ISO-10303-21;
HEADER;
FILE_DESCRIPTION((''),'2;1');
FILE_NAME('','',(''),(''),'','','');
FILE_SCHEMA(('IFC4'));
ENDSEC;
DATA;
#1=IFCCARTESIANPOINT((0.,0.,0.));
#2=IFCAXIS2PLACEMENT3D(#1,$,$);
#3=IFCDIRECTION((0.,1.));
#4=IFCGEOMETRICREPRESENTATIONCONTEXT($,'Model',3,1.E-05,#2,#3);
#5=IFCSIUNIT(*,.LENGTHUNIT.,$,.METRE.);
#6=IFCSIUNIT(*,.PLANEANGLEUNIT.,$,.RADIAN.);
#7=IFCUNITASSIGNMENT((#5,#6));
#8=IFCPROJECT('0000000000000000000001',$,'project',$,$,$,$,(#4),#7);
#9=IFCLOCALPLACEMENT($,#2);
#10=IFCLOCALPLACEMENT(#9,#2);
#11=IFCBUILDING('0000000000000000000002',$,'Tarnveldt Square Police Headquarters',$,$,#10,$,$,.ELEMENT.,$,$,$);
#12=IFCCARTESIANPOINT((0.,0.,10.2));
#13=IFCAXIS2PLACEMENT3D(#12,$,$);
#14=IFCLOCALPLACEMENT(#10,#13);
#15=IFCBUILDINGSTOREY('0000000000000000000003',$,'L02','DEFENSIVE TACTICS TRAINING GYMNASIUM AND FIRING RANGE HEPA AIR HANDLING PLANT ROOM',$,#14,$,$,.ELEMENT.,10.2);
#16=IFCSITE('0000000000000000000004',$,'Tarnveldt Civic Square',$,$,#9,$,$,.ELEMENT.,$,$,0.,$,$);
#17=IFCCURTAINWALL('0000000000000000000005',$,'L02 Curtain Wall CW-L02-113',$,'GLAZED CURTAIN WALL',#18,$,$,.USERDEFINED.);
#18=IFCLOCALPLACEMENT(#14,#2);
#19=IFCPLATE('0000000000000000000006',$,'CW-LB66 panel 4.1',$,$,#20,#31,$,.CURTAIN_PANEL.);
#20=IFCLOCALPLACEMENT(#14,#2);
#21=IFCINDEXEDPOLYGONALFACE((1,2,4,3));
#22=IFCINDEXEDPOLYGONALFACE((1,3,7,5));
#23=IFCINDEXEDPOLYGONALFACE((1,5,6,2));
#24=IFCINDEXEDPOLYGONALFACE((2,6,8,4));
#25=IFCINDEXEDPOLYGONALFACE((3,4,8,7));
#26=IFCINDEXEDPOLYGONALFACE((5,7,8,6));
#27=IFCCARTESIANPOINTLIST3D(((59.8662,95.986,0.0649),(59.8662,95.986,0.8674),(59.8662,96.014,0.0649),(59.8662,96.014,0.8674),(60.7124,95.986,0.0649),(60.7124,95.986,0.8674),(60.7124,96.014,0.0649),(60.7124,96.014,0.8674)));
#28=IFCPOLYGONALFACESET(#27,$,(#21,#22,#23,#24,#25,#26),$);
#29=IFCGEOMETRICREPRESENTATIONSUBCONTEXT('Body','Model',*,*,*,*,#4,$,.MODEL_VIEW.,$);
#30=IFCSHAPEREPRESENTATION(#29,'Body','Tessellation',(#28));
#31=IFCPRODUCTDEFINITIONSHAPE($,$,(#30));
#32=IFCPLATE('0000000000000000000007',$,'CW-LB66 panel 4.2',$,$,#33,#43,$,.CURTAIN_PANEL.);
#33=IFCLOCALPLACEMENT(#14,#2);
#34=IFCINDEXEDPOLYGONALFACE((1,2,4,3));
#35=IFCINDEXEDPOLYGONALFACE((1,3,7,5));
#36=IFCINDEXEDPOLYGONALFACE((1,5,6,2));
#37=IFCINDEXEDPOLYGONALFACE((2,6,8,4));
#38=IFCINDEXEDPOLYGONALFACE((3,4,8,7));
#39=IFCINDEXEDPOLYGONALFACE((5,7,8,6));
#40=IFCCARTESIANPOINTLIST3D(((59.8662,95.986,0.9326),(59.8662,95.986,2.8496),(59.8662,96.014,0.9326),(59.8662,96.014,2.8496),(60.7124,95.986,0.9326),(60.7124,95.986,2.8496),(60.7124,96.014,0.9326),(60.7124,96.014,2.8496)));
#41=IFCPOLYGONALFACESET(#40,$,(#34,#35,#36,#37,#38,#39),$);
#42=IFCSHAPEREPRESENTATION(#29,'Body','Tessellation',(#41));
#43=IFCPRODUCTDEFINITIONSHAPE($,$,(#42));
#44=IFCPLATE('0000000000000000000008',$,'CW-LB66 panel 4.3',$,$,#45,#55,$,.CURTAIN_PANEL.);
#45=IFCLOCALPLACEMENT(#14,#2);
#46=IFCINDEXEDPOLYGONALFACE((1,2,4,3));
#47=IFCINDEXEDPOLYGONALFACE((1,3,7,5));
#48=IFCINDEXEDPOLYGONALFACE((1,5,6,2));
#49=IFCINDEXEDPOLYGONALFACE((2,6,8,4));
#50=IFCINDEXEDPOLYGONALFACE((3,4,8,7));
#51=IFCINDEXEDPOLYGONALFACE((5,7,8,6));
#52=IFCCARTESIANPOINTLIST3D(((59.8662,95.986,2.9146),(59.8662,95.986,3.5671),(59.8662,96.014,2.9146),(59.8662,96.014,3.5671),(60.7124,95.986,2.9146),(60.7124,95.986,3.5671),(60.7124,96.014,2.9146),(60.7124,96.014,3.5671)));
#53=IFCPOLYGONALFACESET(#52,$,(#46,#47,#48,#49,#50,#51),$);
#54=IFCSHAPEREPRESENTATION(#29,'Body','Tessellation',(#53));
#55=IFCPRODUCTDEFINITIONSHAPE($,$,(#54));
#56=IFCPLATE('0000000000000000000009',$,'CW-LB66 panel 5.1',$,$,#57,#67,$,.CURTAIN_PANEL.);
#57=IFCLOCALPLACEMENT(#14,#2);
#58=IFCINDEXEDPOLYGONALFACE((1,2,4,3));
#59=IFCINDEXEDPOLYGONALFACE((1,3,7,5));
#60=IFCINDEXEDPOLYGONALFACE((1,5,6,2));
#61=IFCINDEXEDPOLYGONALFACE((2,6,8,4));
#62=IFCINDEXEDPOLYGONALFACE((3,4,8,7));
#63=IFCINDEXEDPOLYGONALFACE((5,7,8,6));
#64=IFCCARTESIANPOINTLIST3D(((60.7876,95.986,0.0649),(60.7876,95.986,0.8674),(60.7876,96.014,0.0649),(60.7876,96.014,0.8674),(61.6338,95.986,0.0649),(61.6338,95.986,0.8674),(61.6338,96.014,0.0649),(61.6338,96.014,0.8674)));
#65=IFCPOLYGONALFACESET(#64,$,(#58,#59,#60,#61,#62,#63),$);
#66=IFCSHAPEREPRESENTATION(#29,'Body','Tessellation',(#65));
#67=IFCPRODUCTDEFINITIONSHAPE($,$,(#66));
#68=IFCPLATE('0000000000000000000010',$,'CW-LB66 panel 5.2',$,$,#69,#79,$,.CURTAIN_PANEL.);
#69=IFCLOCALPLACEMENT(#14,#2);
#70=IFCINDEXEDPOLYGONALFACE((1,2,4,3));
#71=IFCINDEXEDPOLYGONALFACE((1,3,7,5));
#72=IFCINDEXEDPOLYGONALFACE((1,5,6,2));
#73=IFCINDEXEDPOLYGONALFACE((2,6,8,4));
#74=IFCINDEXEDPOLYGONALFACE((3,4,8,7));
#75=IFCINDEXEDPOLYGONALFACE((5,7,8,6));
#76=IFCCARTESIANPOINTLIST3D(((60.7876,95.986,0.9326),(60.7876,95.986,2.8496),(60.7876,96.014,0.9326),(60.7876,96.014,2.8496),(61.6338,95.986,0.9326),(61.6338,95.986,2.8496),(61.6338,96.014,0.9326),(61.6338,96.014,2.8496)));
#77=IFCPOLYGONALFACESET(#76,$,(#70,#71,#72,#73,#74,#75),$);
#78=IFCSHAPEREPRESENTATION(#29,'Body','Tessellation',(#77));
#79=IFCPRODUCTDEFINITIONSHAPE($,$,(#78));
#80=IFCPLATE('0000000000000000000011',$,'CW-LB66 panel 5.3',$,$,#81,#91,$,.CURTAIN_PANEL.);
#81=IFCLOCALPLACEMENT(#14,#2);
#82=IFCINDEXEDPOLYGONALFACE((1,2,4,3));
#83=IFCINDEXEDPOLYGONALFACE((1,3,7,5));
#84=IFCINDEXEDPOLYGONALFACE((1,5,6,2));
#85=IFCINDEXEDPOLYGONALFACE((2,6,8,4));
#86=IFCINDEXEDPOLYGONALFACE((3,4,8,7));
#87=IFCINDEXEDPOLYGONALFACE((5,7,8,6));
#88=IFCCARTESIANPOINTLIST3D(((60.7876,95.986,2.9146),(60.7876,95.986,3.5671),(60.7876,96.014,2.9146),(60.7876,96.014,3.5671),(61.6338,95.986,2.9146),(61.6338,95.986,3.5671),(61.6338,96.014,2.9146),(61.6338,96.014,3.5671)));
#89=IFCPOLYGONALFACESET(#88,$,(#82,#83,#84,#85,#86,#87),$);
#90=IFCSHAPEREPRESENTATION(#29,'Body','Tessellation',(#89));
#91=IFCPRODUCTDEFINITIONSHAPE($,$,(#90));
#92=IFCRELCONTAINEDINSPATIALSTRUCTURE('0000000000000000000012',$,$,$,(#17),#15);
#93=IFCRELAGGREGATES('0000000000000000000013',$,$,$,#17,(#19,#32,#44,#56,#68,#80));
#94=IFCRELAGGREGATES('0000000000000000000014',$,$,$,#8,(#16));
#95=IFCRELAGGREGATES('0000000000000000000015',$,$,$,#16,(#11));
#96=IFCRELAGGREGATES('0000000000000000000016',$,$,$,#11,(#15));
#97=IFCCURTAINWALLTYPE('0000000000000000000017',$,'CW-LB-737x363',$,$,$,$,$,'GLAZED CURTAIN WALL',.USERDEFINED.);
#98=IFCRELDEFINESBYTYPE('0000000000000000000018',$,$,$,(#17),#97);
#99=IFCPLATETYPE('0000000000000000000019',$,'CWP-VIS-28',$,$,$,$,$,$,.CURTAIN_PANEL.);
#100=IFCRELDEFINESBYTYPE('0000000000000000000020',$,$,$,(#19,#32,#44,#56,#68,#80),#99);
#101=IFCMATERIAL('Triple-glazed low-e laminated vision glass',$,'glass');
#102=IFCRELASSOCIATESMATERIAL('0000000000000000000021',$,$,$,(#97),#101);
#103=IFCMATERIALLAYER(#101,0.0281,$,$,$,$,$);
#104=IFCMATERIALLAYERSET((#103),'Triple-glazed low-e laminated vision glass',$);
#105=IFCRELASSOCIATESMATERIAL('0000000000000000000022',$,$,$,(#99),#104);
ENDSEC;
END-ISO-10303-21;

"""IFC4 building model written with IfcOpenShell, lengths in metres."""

from ifc_helpers import new_model, si_unit, direction, frame, origin, origin_2d, place, context, subcontext, project, spatial, rectangle, extrude, material, layer, layer_set, type_object, element, aggregate, save


model = new_model("IFC4")

# Units and contexts
model_context = context("Model", 3, precision=1e-05, world=origin(), true_north=direction((0.0, 1.0)))
body_context = subcontext(model_context, "Body", "Model", "MODEL_VIEW")
ifc_project = project(units=[si_unit("LENGTHUNIT", "METRE"), si_unit("PLANEANGLEUNIT", "RADIAN")], contexts=[model_context])

# Site, building, storey
site_placement = place(None, origin())
site = spatial("IfcSite", under=ifc_project, at=site_placement, Name="Tarnveldt Civic Square", CompositionType="ELEMENT", RefElevation=0.0)
building_placement = place(site_placement, origin())
building = spatial("IfcBuilding", under=site, at=building_placement, Name="Tarnveldt Square Police Headquarters", CompositionType="ELEMENT")
storey_placement = place(building_placement, frame((0.0, 0.0, 10.2)))
storey = spatial("IfcBuildingStorey", under=building, at=storey_placement, Name="L02", Description="DEFENSIVE TACTICS TRAINING GYMNASIUM AND FIRING RANGE HEPA AIR HANDLING PLANT ROOM", CompositionType="ELEMENT", Elevation=10.2)

# Curtain wall, plates
ifc_material_1 = material(Name="Triple-glazed low-e laminated vision glass", Category="glass")
curtain_wall_type = type_object("IfcCurtainWallType", Name="CW-LB-737x363", ElementType="GLAZED CURTAIN WALL", PredefinedType="USERDEFINED", material=ifc_material_1)
curtain_wall_placement = place(storey_placement, origin())
curtain_wall = element("IfcCurtainWall", 1, at=curtain_wall_placement, inside=storey, type_object=curtain_wall_type, Name="L02 Curtain Wall CW-L02-113", ObjectType="GLAZED CURTAIN WALL", PredefinedType="USERDEFINED")
ifc_layer = layer(ifc_material_1, 0.0281)
ifc_layer_set = layer_set([ifc_layer], Name="Triple-glazed low-e laminated vision glass")
plate_type = type_object("IfcPlateType", Name="CWP-VIS-28", PredefinedType="CURTAIN_PANEL", material=ifc_layer_set)
plate_1_placement = place(storey_placement, frame((60.2893, 96.0, 0.0649), z_axis=(0.0, 0.0, 1.0), x_axis=(1.0, 0.0, 0.0)))
plate_1 = element("IfcPlate", 2, at=plate_1_placement, type_object=plate_type, Name="CW-LB66 panel 4.1", PredefinedType="CURTAIN_PANEL", context=body_context, shape_type="SweptSolid", body=[
    extrude(rectangle(XDim=0.8462, YDim=0.0281, at=origin_2d()), origin(), (0.0, 0.0, 1.0), 0.8025),
])
plate_2_placement = place(storey_placement, frame((60.2893, 96.0, 0.9326), z_axis=(0.0, 0.0, 1.0), x_axis=(1.0, 0.0, 0.0)))
plate_2 = element("IfcPlate", 3, at=plate_2_placement, type_object=plate_type, Name="CW-LB66 panel 4.2", PredefinedType="CURTAIN_PANEL", context=body_context, shape_type="SweptSolid", body=[
    extrude(rectangle(XDim=0.8462, YDim=0.0281, at=origin_2d()), origin(), (0.0, 0.0, 1.0), 1.917),
])
plate_3_placement = place(storey_placement, frame((60.2893, 96.0, 2.9146), z_axis=(0.0, 0.0, 1.0), x_axis=(1.0, 0.0, 0.0)))
plate_3 = element("IfcPlate", 4, at=plate_3_placement, type_object=plate_type, Name="CW-LB66 panel 4.3", PredefinedType="CURTAIN_PANEL", context=body_context, shape_type="SweptSolid", body=[
    extrude(rectangle(XDim=0.8462, YDim=0.0281, at=origin_2d()), origin(), (0.0, 0.0, 1.0), 0.6526),
])
plate_4_placement = place(storey_placement, frame((61.2107, 96.0, 0.0649), z_axis=(0.0, 0.0, 1.0), x_axis=(1.0, 0.0, 0.0)))
plate_4 = element("IfcPlate", 5, at=plate_4_placement, type_object=plate_type, Name="CW-LB66 panel 5.1", PredefinedType="CURTAIN_PANEL", context=body_context, shape_type="SweptSolid", body=[
    extrude(rectangle(XDim=0.8462, YDim=0.0281, at=origin_2d()), origin(), (0.0, 0.0, 1.0), 0.8025),
])
plate_5_placement = place(storey_placement, frame((61.2107, 96.0, 0.9326), z_axis=(0.0, 0.0, 1.0), x_axis=(1.0, 0.0, 0.0)))
plate_5 = element("IfcPlate", 6, at=plate_5_placement, type_object=plate_type, Name="CW-LB66 panel 5.2", PredefinedType="CURTAIN_PANEL", context=body_context, shape_type="SweptSolid", body=[
    extrude(rectangle(XDim=0.8462, YDim=0.0281, at=origin_2d()), origin(), (0.0, 0.0, 1.0), 1.917),
])
plate_6_placement = place(storey_placement, frame((61.2107, 96.0, 2.9146), z_axis=(0.0, 0.0, 1.0), x_axis=(1.0, 0.0, 0.0)))
plate_6 = element("IfcPlate", 7, at=plate_6_placement, type_object=plate_type, Name="CW-LB66 panel 5.3", PredefinedType="CURTAIN_PANEL", context=body_context, shape_type="SweptSolid", body=[
    extrude(rectangle(XDim=0.8462, YDim=0.0281, at=origin_2d()), origin(), (0.0, 0.0, 1.0), 0.6526),
])
aggregate(curtain_wall, [plate_1, plate_2, plate_3, plate_4, plate_5, plate_6])

save(model, "model.ifc")
